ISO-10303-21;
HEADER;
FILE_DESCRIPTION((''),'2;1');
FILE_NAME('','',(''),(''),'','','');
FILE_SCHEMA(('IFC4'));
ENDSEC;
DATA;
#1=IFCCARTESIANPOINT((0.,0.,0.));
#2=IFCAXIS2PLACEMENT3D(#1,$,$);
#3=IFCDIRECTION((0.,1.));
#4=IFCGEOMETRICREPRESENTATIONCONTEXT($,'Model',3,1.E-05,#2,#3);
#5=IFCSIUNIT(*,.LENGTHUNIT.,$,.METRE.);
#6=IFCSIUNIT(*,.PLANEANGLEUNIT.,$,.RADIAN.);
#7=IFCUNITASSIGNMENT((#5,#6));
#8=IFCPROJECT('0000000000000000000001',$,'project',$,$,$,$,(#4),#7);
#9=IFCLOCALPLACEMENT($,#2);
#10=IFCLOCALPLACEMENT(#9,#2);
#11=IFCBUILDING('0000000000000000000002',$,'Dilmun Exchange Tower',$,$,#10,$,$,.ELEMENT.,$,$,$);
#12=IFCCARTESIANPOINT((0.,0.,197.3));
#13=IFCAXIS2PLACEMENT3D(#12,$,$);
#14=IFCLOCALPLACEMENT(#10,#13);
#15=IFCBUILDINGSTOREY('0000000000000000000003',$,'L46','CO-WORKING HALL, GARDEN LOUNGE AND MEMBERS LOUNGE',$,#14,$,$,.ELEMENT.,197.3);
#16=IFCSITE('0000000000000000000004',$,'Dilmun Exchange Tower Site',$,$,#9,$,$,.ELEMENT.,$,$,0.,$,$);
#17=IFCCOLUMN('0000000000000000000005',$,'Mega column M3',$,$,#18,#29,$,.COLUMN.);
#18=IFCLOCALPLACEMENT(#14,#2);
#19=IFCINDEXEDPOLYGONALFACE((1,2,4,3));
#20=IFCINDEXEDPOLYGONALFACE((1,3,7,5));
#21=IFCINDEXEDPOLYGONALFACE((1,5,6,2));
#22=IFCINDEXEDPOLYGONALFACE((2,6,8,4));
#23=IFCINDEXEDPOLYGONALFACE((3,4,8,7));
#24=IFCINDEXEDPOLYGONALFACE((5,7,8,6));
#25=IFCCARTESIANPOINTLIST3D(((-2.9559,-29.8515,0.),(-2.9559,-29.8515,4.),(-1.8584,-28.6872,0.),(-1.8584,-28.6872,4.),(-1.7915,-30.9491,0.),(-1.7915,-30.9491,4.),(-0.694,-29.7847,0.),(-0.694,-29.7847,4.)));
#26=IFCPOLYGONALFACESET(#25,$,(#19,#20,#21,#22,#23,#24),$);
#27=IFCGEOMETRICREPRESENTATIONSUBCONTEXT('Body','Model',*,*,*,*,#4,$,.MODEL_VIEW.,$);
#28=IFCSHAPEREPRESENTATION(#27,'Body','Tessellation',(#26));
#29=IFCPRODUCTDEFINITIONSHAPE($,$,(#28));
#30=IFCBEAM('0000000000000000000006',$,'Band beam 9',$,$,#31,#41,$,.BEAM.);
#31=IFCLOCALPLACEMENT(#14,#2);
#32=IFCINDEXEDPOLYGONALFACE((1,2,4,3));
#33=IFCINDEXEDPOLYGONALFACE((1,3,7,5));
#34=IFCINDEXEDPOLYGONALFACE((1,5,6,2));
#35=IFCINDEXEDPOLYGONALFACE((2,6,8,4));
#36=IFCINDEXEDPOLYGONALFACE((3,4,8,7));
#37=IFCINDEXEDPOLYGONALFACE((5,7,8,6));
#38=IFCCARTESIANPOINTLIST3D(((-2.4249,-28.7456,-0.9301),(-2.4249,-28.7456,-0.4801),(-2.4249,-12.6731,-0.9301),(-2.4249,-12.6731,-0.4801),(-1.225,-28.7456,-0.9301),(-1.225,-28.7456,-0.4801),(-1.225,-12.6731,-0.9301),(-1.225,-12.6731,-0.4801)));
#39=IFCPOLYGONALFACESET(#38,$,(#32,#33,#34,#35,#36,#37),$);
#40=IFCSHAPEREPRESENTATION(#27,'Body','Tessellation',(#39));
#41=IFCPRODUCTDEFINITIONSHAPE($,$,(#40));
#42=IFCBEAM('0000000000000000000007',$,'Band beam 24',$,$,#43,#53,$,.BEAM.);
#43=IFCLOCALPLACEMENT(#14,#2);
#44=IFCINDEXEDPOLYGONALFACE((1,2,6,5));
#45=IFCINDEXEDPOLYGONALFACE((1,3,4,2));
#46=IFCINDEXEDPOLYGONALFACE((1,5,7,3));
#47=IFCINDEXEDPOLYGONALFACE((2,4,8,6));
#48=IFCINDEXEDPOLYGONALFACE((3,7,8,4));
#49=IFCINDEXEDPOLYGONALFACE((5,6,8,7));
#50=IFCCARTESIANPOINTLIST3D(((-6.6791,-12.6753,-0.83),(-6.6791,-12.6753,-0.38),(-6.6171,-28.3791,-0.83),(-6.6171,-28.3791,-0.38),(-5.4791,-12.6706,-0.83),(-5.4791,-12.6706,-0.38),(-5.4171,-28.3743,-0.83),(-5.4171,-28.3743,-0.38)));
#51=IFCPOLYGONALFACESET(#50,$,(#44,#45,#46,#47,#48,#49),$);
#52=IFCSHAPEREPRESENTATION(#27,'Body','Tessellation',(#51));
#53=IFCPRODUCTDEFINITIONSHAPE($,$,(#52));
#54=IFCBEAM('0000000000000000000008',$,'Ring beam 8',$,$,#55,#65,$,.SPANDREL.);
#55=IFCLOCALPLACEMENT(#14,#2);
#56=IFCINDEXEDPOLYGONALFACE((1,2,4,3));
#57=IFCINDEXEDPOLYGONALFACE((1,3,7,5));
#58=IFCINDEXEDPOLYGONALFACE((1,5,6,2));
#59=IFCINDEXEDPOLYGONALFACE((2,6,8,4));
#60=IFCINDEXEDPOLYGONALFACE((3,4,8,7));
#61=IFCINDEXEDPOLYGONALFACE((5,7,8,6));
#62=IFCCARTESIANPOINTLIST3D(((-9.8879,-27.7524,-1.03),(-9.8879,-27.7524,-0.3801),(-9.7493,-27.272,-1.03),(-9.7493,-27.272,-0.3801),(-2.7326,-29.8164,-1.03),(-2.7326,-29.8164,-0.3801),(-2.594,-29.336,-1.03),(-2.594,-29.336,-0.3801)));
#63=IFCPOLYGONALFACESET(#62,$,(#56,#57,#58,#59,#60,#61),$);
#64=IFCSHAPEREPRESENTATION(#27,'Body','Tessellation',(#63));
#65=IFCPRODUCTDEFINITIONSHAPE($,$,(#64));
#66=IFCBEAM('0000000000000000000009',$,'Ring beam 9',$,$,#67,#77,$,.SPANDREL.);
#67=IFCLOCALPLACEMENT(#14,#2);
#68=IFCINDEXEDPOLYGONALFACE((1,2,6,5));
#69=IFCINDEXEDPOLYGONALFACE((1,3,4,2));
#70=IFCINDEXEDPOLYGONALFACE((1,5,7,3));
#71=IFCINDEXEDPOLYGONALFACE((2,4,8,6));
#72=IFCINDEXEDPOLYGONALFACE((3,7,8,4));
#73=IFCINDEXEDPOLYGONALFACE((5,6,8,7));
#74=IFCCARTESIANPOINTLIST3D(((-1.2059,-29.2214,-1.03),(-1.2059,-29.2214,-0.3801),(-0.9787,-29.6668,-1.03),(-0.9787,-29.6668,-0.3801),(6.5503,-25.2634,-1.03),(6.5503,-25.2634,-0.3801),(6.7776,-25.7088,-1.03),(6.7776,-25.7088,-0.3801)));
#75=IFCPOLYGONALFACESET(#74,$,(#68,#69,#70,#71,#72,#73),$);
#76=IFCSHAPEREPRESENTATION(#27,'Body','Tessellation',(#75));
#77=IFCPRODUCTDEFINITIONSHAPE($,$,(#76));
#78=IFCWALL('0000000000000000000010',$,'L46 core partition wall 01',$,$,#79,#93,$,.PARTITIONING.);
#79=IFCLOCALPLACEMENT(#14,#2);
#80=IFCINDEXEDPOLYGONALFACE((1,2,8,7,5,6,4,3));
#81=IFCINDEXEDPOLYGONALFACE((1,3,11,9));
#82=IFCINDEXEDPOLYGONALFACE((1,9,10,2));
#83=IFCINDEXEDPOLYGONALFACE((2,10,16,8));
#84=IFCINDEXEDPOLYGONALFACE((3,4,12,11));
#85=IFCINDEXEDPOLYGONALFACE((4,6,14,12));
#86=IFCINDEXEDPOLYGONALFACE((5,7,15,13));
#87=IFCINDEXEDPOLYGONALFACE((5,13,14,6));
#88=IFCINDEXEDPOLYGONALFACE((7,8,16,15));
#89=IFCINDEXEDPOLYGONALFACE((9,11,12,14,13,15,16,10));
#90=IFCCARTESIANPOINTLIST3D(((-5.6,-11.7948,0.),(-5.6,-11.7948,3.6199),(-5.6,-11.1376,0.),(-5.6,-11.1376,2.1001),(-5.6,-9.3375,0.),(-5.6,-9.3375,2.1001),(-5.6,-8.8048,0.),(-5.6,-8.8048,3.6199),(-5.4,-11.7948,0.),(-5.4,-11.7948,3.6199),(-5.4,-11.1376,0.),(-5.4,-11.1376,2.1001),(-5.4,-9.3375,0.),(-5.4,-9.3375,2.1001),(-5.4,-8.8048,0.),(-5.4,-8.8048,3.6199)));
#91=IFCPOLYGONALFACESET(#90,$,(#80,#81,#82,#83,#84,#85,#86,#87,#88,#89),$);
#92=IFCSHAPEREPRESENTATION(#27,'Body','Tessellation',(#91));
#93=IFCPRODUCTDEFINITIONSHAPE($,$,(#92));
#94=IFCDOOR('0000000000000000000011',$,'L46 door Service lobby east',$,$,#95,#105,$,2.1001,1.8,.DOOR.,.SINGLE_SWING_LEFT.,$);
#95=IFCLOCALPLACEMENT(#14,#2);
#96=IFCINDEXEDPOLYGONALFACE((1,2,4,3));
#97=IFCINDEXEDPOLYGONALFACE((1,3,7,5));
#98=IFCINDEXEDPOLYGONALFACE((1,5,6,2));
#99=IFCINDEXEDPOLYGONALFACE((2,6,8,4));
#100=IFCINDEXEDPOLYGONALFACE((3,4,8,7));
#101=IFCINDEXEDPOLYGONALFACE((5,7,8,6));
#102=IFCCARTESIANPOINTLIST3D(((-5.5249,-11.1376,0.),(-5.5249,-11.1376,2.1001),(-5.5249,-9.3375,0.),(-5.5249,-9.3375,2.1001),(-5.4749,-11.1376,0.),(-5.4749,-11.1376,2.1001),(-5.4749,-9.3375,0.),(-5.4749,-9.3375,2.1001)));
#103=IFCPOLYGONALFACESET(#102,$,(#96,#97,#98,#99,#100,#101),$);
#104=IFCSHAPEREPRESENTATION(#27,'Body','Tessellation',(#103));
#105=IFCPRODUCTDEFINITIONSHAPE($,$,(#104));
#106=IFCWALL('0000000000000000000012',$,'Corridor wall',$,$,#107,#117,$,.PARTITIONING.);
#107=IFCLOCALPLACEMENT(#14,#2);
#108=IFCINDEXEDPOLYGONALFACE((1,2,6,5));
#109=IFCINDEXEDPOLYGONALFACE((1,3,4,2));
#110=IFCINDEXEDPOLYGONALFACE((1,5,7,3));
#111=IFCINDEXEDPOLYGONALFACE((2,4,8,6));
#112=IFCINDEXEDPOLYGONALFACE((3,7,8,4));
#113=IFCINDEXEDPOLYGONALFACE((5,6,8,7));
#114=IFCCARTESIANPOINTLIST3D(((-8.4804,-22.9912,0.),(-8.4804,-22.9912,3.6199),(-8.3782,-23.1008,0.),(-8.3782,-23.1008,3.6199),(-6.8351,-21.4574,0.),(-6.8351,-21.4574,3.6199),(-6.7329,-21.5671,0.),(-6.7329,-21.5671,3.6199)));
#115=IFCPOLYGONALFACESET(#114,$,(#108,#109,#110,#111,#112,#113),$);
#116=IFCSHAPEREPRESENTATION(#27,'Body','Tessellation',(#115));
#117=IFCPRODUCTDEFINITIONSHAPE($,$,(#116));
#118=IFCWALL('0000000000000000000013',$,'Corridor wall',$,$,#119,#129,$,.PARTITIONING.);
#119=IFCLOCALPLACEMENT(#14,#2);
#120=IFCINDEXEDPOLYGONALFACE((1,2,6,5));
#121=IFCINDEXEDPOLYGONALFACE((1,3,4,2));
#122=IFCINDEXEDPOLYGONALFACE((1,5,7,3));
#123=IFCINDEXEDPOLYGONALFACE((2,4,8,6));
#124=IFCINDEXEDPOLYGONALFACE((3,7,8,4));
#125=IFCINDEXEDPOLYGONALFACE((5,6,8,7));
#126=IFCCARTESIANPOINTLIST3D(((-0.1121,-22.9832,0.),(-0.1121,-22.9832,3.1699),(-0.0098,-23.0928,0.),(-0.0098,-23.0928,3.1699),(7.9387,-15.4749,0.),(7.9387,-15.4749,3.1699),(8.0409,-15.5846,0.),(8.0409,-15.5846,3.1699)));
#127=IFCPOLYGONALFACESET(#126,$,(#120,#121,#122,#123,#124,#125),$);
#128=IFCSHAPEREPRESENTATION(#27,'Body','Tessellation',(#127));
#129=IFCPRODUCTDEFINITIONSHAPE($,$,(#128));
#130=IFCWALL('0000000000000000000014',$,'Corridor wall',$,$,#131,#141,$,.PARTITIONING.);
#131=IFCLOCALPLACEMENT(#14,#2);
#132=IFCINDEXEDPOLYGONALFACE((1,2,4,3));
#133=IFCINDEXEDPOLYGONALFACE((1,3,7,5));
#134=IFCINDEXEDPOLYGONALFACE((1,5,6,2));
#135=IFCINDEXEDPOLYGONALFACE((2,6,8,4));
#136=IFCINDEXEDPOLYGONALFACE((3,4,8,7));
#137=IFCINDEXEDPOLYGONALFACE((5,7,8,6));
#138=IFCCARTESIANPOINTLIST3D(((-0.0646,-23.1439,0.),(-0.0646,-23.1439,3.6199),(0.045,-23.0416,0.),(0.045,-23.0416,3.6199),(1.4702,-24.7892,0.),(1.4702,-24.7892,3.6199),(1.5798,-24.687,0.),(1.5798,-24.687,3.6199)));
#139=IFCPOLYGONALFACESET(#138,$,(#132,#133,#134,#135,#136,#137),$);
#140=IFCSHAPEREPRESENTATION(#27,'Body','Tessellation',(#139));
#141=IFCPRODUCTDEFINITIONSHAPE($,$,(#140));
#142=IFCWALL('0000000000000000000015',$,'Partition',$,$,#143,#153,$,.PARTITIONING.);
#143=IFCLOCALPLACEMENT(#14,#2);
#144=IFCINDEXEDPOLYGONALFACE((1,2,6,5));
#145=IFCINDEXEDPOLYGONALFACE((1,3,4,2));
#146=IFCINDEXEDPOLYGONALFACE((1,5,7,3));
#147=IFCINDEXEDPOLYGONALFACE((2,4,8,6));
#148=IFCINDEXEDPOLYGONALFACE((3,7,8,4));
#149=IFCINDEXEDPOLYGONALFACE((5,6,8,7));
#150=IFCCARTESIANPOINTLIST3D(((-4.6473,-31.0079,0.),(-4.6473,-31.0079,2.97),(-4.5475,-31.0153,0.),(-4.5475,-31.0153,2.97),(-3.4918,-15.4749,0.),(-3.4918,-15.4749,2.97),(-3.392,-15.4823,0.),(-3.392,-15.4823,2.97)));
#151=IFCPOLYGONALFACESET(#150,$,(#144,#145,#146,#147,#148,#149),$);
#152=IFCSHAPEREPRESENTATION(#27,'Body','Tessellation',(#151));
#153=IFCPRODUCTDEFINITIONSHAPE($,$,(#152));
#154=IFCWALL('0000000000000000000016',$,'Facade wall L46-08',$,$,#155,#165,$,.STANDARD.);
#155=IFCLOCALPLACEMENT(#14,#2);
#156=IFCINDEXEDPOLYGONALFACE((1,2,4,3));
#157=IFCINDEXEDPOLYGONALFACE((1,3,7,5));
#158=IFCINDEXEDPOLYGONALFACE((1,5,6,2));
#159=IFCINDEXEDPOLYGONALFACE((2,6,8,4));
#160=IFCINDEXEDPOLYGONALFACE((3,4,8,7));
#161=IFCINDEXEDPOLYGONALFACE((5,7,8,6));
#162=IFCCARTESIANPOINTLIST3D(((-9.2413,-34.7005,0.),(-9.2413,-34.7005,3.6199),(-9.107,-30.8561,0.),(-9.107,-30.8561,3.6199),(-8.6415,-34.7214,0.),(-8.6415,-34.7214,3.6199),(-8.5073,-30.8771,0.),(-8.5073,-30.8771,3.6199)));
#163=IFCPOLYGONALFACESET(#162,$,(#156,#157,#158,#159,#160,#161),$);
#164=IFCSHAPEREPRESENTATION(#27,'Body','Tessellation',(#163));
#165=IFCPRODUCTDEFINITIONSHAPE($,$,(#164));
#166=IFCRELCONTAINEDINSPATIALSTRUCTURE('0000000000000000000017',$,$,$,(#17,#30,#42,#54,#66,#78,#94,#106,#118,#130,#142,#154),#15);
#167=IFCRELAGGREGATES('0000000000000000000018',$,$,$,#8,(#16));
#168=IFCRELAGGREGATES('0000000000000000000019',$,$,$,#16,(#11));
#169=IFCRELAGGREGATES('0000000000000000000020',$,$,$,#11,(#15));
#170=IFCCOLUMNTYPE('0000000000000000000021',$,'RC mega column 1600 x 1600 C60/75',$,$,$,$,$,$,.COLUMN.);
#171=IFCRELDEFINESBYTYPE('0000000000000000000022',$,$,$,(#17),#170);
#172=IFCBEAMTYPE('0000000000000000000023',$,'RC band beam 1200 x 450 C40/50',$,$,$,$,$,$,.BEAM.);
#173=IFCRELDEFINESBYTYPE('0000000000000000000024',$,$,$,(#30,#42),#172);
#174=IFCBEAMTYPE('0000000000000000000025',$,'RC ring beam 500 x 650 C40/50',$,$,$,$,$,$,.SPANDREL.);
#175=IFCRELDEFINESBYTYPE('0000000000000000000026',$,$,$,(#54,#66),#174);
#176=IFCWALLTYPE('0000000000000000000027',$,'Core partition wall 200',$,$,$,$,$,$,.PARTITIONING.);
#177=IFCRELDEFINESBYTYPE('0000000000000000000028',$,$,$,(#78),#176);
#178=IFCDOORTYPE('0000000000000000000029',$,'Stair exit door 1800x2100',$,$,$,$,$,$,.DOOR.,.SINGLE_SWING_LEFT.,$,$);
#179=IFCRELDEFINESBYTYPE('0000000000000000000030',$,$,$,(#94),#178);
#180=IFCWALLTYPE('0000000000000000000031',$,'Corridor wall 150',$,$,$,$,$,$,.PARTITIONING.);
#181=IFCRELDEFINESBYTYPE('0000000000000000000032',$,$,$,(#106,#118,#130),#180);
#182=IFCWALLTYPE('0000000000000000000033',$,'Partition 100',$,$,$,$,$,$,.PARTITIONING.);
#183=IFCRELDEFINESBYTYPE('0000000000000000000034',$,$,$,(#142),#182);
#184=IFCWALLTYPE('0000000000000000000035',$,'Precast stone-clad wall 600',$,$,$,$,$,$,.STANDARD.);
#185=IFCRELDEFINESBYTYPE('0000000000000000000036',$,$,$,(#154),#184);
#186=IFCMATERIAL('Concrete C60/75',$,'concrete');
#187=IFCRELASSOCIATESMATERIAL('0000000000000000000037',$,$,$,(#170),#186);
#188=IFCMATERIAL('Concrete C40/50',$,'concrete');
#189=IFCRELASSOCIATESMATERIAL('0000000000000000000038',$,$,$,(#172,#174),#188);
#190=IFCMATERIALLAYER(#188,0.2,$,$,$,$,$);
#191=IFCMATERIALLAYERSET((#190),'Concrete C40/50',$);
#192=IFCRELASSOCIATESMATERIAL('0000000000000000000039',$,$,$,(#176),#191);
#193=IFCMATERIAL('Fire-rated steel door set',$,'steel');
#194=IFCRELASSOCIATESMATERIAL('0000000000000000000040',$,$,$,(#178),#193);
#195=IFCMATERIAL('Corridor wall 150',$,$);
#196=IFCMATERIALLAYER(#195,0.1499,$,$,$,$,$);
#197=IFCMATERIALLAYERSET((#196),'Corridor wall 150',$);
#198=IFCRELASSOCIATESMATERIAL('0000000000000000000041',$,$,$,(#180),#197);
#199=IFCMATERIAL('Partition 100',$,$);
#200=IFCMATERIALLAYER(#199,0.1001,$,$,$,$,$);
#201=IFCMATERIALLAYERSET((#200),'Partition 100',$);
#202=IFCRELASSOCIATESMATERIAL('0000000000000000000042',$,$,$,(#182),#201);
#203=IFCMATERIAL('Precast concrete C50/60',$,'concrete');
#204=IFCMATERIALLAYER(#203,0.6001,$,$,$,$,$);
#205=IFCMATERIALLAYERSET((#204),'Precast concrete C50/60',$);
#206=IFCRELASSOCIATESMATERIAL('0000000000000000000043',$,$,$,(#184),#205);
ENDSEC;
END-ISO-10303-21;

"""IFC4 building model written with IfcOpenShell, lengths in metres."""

from ifc_helpers import new_model, si_unit, direction, frame, frame_2d, origin, origin_2d, place, context, subcontext, project, spatial, rectangle, extrude, material, layer, layer_set, material_profile, profile_set, type_object, element, fill, save


model = new_model("IFC4")

# Units and contexts
model_context = context("Model", 3, precision=1e-05, world=origin(), true_north=direction((0.0, 1.0)))
body_context = subcontext(model_context, "Body", "Model", "MODEL_VIEW")
ifc_project = project(units=[si_unit("LENGTHUNIT", "METRE"), si_unit("PLANEANGLEUNIT", "RADIAN")], contexts=[model_context])

# Site, building, storey
site_placement = place(None, origin())
site = spatial("IfcSite", under=ifc_project, at=site_placement, Name="Dilmun Exchange Tower Site", CompositionType="ELEMENT", RefElevation=0.0)
building_placement = place(site_placement, origin())
building = spatial("IfcBuilding", under=site, at=building_placement, Name="Dilmun Exchange Tower", CompositionType="ELEMENT")
storey_placement = place(building_placement, frame((0.0, 0.0, 197.3)))
storey = spatial("IfcBuildingStorey", under=building, at=storey_placement, Name="L46", Description="CO-WORKING HALL, GARDEN LOUNGE AND MEMBERS LOUNGE", CompositionType="ELEMENT", Elevation=197.3)

# Column
ifc_material_1 = material(Name="Concrete C60/75", Category="concrete")
ifc_material_profile_1 = material_profile(ifc_material_1, rectangle(XDim=1.6001, YDim=1.6001, at=origin_2d()), Name="1600 x 1600")
ifc_profile_set_1 = profile_set([ifc_material_profile_1], Name="Concrete C60/75")
column_type = type_object("IfcColumnType", Name="RC mega column 1600 x 1600 C60/75", PredefinedType="COLUMN", material=ifc_profile_set_1)
column_placement = place(storey_placement, frame((-1.825, -29.8181, 0.0), z_axis=(0.0, 0.0, 1.0), x_axis=(0.685916, 0.727681, 0.0)))
element("IfcColumn", 1, at=column_placement, inside=storey, type_object=column_type, Name="Mega column M3", PredefinedType="COLUMN", context=body_context, shape_type="SweptSolid", body=[
    extrude(rectangle(XDim=1.6001, YDim=1.6001, at=origin_2d()), origin(), (0.0, 0.0, 1.0), 4.0),
])

# Beams
ifc_material_2 = material(Name="Concrete C40/50", Category="concrete")
ifc_material_profile_2 = material_profile(ifc_material_2, rectangle(XDim=1.2, YDim=0.45, at=origin_2d()), Name="1200 x 450")
ifc_profile_set_2 = profile_set([ifc_material_profile_2], Name="Concrete C40/50")
beam_type_1 = type_object("IfcBeamType", Name="RC band beam 1200 x 450 C40/50", PredefinedType="BEAM", material=ifc_profile_set_2)
beam_1_placement = place(storey_placement, frame((-1.825, -28.7456, -0.7051), z_axis=(0.0, 1.0, 0.0), x_axis=(-1.0, 0.0, 0.0)))
element("IfcBeam", 2, at=beam_1_placement, inside=storey, type_object=beam_type_1, Name="Band beam 9", PredefinedType="BEAM", context=body_context, shape_type="SweptSolid", body=[
    extrude(rectangle(XDim=1.2, YDim=0.45, at=origin_2d()), origin(), (0.0, 0.0, 1.0), 16.0725),
])
beam_2_placement = place(storey_placement, frame((-6.0171, -28.3767, -0.605), z_axis=(-0.003949, 0.999992, 0.0), x_axis=(-0.999992, -0.003949, 0.0)))
element("IfcBeam", 3, at=beam_2_placement, inside=storey, type_object=beam_type_1, Name="Band beam 24", PredefinedType="BEAM", context=body_context, shape_type="SweptSolid", body=[
    extrude(rectangle(XDim=1.2, YDim=0.45, at=origin_2d()), origin(), (0.0, 0.0, 1.0), 15.7039),
])
ifc_material_profile_3 = material_profile(ifc_material_2, rectangle(XDim=0.5, YDim=0.6499, at=origin_2d()), Name="500 x 650")
ifc_profile_set_3 = profile_set([ifc_material_profile_3], Name="Concrete C40/50")
beam_type_2 = type_object("IfcBeamType", Name="RC ring beam 500 x 650 C40/50", PredefinedType="SPANDREL", material=ifc_profile_set_3)
beam_3_placement = place(storey_placement, frame((-9.8186, -27.5122, -0.7051), z_axis=(0.960826, -0.277154, 0.0), x_axis=(0.277154, 0.960826, 0.0)))
element("IfcBeam", 4, at=beam_3_placement, inside=storey, type_object=beam_type_2, Name="Ring beam 8", PredefinedType="SPANDREL", context=body_context, shape_type="SweptSolid", body=[
    extrude(rectangle(XDim=0.5, YDim=0.6499, at=origin_2d()), origin(), (0.0, 0.0, 1.0), 7.447),
])
beam_4_placement = place(storey_placement, frame((-1.0923, -29.4441, -0.7051), z_axis=(0.89073, 0.454533, 0.0), x_axis=(-0.454533, 0.89073, 0.0)))
element("IfcBeam", 5, at=beam_4_placement, inside=storey, type_object=beam_type_2, Name="Ring beam 9", PredefinedType="SPANDREL", context=body_context, shape_type="SweptSolid", body=[
    extrude(rectangle(XDim=0.5, YDim=0.6499, at=origin_2d()), origin(), (0.0, 0.0, 1.0), 8.7078),
])

# Wall, opening, door
ifc_layer_1 = layer(ifc_material_2, 0.2)
ifc_layer_set_1 = layer_set([ifc_layer_1], Name="Concrete C40/50")
wall_type_1 = type_object("IfcWallType", Name="Core partition wall 200", PredefinedType="PARTITIONING", material=ifc_layer_set_1)
wall_1_placement = place(storey_placement, frame((-5.5, -11.7949, 0.0), z_axis=(0.0, 0.0, 1.0), x_axis=(0.0, 1.0, 0.0)))
wall_1 = element("IfcWall", 6, at=wall_1_placement, inside=storey, type_object=wall_type_1, Name="L46 core partition wall 01", PredefinedType="PARTITIONING", context=body_context, shape_type="SweptSolid", body=[
    extrude(rectangle(XDim=2.99, YDim=0.2, at=frame_2d((1.4951, 0.0))), origin(), (0.0, 0.0, 1.0), 3.6199),
])
opening_1_placement = place(wall_1_placement, frame((0.6575, 0.0, 0.0)))
opening_1 = element("IfcOpeningElement", 7, at=opening_1_placement, cuts=wall_1, PredefinedType="OPENING", context=body_context, shape_type="SweptSolid", body=[
    extrude(rectangle(XDim=1.8, YDim=2.1001, at=frame_2d((0.8999, 1.05))), frame((0.0, 0.1099, 0.0), z_axis=(0.0, -1.0, 0.0), x_axis=(1.0, 0.0, 0.0)), (0.0, 0.0, 1.0), 0.22),
])
ifc_material_3 = material(Name="Fire-rated steel door set", Category="steel")
door_type = type_object("IfcDoorType", Name="Stair exit door 1800x2100", OperationType="SINGLE_SWING_LEFT", PredefinedType="DOOR", material=ifc_material_3)
door_placement = place(opening_1_placement, origin())
door = element("IfcDoor", 8, at=door_placement, inside=storey, type_object=door_type, Name="L46 door Service lobby east", OperationType="SINGLE_SWING_LEFT", OverallHeight=2.1001, OverallWidth=1.8, PredefinedType="DOOR", context=body_context, shape_type="SweptSolid", body=[
    extrude(rectangle(XDim=1.8, YDim=2.1001, at=frame_2d((0.8999, 1.05))), frame((0.0, 0.0249, 0.0), z_axis=(0.0, -1.0, 0.0), x_axis=(1.0, 0.0, 0.0)), (0.0, 0.0, 1.0), 0.05),
])
fill(opening_1, door)

# Walls
ifc_material_4 = material(Name="Corridor wall 150")
ifc_layer_2 = layer(ifc_material_4, 0.1499)
ifc_layer_set_2 = layer_set([ifc_layer_2], Name="Corridor wall 150")
wall_type_2 = type_object("IfcWallType", Name="Corridor wall 150", PredefinedType="PARTITIONING", material=ifc_layer_set_2)
wall_2_placement = place(storey_placement, frame((-8.4292, -23.0459, 0.0), z_axis=(0.0, 0.0, 1.0), x_axis=(0.731474, 0.68187, 0.0)))
element("IfcWall", 9, at=wall_2_placement, inside=storey, type_object=wall_type_2, Name="Corridor wall", PredefinedType="PARTITIONING", context=body_context, shape_type="SweptSolid", body=[
    extrude(rectangle(XDim=2.2493, YDim=0.1499, at=frame_2d((1.1245, 0.0))), origin(), (0.0, 0.0, 1.0), 3.6199),
])
wall_3_placement = place(storey_placement, frame((-0.061, -23.0381, 0.0), z_axis=(0.0, 0.0, 1.0), x_axis=(0.731316, 0.682038, 0.0)))
element("IfcWall", 10, at=wall_3_placement, inside=storey, type_object=wall_type_2, Name="Corridor wall", PredefinedType="PARTITIONING", context=body_context, shape_type="SweptSolid", body=[
    extrude(rectangle(XDim=11.0085, YDim=0.1499, at=frame_2d((5.5044, 0.0))), origin(), (0.0, 0.0, 1.0), 3.1699),
])
wall_4_placement = place(storey_placement, frame((-0.0098, -23.0928, 0.0), z_axis=(0.0, 0.0, 1.0), x_axis=(0.682102, -0.731257, 0.0)))
element("IfcWall", 11, at=wall_4_placement, inside=storey, type_object=wall_type_2, Name="Corridor wall", PredefinedType="PARTITIONING", context=body_context, shape_type="SweptSolid", body=[
    extrude(rectangle(XDim=2.25, YDim=0.1499, at=frame_2d((1.125, 0.0))), origin(), (0.0, 0.0, 1.0), 3.6199),
])
ifc_material_5 = material(Name="Partition 100")
ifc_layer_3 = layer(ifc_material_5, 0.1001)
ifc_layer_set_3 = layer_set([ifc_layer_3], Name="Partition 100")
wall_type_3 = type_object("IfcWallType", Name="Partition 100", PredefinedType="PARTITIONING", material=ifc_layer_set_3)
wall_5_placement = place(storey_placement, frame((-4.5974, -31.0117, 0.0), z_axis=(0.0, 0.0, 1.0), x_axis=(0.074186, 0.997244, 0.0)))
element("IfcWall", 12, at=wall_5_placement, inside=storey, type_object=wall_type_3, Name="Partition", PredefinedType="PARTITIONING", context=body_context, shape_type="SweptSolid", body=[
    extrude(rectangle(XDim=15.5759, YDim=0.1001, at=frame_2d((7.7881, 0.0))), origin(), (0.0, 0.0, 1.0), 2.97),
])
ifc_material_6 = material(Name="Precast concrete C50/60", Category="concrete")
ifc_layer_4 = layer(ifc_material_6, 0.6001)
ifc_layer_set_4 = layer_set([ifc_layer_4], Name="Precast concrete C50/60")
wall_type_4 = type_object("IfcWallType", Name="Precast stone-clad wall 600", PredefinedType="STANDARD", material=ifc_layer_set_4)
wall_6_placement = place(storey_placement, frame((-8.9414, -34.7109, 0.0), z_axis=(0.0, 0.0, 1.0), x_axis=(0.034908, 0.999391, 0.0)))
element("IfcWall", 13, at=wall_6_placement, inside=storey, type_object=wall_type_4, Name="Facade wall L46-08", PredefinedType="STANDARD", context=body_context, shape_type="SweptSolid", body=[
    extrude(rectangle(XDim=3.8467, YDim=0.6001, at=frame_2d((1.9233, 0.0))), origin(), (0.0, 0.0, 1.0), 3.6199),
])

save(model, "model.ifc")
